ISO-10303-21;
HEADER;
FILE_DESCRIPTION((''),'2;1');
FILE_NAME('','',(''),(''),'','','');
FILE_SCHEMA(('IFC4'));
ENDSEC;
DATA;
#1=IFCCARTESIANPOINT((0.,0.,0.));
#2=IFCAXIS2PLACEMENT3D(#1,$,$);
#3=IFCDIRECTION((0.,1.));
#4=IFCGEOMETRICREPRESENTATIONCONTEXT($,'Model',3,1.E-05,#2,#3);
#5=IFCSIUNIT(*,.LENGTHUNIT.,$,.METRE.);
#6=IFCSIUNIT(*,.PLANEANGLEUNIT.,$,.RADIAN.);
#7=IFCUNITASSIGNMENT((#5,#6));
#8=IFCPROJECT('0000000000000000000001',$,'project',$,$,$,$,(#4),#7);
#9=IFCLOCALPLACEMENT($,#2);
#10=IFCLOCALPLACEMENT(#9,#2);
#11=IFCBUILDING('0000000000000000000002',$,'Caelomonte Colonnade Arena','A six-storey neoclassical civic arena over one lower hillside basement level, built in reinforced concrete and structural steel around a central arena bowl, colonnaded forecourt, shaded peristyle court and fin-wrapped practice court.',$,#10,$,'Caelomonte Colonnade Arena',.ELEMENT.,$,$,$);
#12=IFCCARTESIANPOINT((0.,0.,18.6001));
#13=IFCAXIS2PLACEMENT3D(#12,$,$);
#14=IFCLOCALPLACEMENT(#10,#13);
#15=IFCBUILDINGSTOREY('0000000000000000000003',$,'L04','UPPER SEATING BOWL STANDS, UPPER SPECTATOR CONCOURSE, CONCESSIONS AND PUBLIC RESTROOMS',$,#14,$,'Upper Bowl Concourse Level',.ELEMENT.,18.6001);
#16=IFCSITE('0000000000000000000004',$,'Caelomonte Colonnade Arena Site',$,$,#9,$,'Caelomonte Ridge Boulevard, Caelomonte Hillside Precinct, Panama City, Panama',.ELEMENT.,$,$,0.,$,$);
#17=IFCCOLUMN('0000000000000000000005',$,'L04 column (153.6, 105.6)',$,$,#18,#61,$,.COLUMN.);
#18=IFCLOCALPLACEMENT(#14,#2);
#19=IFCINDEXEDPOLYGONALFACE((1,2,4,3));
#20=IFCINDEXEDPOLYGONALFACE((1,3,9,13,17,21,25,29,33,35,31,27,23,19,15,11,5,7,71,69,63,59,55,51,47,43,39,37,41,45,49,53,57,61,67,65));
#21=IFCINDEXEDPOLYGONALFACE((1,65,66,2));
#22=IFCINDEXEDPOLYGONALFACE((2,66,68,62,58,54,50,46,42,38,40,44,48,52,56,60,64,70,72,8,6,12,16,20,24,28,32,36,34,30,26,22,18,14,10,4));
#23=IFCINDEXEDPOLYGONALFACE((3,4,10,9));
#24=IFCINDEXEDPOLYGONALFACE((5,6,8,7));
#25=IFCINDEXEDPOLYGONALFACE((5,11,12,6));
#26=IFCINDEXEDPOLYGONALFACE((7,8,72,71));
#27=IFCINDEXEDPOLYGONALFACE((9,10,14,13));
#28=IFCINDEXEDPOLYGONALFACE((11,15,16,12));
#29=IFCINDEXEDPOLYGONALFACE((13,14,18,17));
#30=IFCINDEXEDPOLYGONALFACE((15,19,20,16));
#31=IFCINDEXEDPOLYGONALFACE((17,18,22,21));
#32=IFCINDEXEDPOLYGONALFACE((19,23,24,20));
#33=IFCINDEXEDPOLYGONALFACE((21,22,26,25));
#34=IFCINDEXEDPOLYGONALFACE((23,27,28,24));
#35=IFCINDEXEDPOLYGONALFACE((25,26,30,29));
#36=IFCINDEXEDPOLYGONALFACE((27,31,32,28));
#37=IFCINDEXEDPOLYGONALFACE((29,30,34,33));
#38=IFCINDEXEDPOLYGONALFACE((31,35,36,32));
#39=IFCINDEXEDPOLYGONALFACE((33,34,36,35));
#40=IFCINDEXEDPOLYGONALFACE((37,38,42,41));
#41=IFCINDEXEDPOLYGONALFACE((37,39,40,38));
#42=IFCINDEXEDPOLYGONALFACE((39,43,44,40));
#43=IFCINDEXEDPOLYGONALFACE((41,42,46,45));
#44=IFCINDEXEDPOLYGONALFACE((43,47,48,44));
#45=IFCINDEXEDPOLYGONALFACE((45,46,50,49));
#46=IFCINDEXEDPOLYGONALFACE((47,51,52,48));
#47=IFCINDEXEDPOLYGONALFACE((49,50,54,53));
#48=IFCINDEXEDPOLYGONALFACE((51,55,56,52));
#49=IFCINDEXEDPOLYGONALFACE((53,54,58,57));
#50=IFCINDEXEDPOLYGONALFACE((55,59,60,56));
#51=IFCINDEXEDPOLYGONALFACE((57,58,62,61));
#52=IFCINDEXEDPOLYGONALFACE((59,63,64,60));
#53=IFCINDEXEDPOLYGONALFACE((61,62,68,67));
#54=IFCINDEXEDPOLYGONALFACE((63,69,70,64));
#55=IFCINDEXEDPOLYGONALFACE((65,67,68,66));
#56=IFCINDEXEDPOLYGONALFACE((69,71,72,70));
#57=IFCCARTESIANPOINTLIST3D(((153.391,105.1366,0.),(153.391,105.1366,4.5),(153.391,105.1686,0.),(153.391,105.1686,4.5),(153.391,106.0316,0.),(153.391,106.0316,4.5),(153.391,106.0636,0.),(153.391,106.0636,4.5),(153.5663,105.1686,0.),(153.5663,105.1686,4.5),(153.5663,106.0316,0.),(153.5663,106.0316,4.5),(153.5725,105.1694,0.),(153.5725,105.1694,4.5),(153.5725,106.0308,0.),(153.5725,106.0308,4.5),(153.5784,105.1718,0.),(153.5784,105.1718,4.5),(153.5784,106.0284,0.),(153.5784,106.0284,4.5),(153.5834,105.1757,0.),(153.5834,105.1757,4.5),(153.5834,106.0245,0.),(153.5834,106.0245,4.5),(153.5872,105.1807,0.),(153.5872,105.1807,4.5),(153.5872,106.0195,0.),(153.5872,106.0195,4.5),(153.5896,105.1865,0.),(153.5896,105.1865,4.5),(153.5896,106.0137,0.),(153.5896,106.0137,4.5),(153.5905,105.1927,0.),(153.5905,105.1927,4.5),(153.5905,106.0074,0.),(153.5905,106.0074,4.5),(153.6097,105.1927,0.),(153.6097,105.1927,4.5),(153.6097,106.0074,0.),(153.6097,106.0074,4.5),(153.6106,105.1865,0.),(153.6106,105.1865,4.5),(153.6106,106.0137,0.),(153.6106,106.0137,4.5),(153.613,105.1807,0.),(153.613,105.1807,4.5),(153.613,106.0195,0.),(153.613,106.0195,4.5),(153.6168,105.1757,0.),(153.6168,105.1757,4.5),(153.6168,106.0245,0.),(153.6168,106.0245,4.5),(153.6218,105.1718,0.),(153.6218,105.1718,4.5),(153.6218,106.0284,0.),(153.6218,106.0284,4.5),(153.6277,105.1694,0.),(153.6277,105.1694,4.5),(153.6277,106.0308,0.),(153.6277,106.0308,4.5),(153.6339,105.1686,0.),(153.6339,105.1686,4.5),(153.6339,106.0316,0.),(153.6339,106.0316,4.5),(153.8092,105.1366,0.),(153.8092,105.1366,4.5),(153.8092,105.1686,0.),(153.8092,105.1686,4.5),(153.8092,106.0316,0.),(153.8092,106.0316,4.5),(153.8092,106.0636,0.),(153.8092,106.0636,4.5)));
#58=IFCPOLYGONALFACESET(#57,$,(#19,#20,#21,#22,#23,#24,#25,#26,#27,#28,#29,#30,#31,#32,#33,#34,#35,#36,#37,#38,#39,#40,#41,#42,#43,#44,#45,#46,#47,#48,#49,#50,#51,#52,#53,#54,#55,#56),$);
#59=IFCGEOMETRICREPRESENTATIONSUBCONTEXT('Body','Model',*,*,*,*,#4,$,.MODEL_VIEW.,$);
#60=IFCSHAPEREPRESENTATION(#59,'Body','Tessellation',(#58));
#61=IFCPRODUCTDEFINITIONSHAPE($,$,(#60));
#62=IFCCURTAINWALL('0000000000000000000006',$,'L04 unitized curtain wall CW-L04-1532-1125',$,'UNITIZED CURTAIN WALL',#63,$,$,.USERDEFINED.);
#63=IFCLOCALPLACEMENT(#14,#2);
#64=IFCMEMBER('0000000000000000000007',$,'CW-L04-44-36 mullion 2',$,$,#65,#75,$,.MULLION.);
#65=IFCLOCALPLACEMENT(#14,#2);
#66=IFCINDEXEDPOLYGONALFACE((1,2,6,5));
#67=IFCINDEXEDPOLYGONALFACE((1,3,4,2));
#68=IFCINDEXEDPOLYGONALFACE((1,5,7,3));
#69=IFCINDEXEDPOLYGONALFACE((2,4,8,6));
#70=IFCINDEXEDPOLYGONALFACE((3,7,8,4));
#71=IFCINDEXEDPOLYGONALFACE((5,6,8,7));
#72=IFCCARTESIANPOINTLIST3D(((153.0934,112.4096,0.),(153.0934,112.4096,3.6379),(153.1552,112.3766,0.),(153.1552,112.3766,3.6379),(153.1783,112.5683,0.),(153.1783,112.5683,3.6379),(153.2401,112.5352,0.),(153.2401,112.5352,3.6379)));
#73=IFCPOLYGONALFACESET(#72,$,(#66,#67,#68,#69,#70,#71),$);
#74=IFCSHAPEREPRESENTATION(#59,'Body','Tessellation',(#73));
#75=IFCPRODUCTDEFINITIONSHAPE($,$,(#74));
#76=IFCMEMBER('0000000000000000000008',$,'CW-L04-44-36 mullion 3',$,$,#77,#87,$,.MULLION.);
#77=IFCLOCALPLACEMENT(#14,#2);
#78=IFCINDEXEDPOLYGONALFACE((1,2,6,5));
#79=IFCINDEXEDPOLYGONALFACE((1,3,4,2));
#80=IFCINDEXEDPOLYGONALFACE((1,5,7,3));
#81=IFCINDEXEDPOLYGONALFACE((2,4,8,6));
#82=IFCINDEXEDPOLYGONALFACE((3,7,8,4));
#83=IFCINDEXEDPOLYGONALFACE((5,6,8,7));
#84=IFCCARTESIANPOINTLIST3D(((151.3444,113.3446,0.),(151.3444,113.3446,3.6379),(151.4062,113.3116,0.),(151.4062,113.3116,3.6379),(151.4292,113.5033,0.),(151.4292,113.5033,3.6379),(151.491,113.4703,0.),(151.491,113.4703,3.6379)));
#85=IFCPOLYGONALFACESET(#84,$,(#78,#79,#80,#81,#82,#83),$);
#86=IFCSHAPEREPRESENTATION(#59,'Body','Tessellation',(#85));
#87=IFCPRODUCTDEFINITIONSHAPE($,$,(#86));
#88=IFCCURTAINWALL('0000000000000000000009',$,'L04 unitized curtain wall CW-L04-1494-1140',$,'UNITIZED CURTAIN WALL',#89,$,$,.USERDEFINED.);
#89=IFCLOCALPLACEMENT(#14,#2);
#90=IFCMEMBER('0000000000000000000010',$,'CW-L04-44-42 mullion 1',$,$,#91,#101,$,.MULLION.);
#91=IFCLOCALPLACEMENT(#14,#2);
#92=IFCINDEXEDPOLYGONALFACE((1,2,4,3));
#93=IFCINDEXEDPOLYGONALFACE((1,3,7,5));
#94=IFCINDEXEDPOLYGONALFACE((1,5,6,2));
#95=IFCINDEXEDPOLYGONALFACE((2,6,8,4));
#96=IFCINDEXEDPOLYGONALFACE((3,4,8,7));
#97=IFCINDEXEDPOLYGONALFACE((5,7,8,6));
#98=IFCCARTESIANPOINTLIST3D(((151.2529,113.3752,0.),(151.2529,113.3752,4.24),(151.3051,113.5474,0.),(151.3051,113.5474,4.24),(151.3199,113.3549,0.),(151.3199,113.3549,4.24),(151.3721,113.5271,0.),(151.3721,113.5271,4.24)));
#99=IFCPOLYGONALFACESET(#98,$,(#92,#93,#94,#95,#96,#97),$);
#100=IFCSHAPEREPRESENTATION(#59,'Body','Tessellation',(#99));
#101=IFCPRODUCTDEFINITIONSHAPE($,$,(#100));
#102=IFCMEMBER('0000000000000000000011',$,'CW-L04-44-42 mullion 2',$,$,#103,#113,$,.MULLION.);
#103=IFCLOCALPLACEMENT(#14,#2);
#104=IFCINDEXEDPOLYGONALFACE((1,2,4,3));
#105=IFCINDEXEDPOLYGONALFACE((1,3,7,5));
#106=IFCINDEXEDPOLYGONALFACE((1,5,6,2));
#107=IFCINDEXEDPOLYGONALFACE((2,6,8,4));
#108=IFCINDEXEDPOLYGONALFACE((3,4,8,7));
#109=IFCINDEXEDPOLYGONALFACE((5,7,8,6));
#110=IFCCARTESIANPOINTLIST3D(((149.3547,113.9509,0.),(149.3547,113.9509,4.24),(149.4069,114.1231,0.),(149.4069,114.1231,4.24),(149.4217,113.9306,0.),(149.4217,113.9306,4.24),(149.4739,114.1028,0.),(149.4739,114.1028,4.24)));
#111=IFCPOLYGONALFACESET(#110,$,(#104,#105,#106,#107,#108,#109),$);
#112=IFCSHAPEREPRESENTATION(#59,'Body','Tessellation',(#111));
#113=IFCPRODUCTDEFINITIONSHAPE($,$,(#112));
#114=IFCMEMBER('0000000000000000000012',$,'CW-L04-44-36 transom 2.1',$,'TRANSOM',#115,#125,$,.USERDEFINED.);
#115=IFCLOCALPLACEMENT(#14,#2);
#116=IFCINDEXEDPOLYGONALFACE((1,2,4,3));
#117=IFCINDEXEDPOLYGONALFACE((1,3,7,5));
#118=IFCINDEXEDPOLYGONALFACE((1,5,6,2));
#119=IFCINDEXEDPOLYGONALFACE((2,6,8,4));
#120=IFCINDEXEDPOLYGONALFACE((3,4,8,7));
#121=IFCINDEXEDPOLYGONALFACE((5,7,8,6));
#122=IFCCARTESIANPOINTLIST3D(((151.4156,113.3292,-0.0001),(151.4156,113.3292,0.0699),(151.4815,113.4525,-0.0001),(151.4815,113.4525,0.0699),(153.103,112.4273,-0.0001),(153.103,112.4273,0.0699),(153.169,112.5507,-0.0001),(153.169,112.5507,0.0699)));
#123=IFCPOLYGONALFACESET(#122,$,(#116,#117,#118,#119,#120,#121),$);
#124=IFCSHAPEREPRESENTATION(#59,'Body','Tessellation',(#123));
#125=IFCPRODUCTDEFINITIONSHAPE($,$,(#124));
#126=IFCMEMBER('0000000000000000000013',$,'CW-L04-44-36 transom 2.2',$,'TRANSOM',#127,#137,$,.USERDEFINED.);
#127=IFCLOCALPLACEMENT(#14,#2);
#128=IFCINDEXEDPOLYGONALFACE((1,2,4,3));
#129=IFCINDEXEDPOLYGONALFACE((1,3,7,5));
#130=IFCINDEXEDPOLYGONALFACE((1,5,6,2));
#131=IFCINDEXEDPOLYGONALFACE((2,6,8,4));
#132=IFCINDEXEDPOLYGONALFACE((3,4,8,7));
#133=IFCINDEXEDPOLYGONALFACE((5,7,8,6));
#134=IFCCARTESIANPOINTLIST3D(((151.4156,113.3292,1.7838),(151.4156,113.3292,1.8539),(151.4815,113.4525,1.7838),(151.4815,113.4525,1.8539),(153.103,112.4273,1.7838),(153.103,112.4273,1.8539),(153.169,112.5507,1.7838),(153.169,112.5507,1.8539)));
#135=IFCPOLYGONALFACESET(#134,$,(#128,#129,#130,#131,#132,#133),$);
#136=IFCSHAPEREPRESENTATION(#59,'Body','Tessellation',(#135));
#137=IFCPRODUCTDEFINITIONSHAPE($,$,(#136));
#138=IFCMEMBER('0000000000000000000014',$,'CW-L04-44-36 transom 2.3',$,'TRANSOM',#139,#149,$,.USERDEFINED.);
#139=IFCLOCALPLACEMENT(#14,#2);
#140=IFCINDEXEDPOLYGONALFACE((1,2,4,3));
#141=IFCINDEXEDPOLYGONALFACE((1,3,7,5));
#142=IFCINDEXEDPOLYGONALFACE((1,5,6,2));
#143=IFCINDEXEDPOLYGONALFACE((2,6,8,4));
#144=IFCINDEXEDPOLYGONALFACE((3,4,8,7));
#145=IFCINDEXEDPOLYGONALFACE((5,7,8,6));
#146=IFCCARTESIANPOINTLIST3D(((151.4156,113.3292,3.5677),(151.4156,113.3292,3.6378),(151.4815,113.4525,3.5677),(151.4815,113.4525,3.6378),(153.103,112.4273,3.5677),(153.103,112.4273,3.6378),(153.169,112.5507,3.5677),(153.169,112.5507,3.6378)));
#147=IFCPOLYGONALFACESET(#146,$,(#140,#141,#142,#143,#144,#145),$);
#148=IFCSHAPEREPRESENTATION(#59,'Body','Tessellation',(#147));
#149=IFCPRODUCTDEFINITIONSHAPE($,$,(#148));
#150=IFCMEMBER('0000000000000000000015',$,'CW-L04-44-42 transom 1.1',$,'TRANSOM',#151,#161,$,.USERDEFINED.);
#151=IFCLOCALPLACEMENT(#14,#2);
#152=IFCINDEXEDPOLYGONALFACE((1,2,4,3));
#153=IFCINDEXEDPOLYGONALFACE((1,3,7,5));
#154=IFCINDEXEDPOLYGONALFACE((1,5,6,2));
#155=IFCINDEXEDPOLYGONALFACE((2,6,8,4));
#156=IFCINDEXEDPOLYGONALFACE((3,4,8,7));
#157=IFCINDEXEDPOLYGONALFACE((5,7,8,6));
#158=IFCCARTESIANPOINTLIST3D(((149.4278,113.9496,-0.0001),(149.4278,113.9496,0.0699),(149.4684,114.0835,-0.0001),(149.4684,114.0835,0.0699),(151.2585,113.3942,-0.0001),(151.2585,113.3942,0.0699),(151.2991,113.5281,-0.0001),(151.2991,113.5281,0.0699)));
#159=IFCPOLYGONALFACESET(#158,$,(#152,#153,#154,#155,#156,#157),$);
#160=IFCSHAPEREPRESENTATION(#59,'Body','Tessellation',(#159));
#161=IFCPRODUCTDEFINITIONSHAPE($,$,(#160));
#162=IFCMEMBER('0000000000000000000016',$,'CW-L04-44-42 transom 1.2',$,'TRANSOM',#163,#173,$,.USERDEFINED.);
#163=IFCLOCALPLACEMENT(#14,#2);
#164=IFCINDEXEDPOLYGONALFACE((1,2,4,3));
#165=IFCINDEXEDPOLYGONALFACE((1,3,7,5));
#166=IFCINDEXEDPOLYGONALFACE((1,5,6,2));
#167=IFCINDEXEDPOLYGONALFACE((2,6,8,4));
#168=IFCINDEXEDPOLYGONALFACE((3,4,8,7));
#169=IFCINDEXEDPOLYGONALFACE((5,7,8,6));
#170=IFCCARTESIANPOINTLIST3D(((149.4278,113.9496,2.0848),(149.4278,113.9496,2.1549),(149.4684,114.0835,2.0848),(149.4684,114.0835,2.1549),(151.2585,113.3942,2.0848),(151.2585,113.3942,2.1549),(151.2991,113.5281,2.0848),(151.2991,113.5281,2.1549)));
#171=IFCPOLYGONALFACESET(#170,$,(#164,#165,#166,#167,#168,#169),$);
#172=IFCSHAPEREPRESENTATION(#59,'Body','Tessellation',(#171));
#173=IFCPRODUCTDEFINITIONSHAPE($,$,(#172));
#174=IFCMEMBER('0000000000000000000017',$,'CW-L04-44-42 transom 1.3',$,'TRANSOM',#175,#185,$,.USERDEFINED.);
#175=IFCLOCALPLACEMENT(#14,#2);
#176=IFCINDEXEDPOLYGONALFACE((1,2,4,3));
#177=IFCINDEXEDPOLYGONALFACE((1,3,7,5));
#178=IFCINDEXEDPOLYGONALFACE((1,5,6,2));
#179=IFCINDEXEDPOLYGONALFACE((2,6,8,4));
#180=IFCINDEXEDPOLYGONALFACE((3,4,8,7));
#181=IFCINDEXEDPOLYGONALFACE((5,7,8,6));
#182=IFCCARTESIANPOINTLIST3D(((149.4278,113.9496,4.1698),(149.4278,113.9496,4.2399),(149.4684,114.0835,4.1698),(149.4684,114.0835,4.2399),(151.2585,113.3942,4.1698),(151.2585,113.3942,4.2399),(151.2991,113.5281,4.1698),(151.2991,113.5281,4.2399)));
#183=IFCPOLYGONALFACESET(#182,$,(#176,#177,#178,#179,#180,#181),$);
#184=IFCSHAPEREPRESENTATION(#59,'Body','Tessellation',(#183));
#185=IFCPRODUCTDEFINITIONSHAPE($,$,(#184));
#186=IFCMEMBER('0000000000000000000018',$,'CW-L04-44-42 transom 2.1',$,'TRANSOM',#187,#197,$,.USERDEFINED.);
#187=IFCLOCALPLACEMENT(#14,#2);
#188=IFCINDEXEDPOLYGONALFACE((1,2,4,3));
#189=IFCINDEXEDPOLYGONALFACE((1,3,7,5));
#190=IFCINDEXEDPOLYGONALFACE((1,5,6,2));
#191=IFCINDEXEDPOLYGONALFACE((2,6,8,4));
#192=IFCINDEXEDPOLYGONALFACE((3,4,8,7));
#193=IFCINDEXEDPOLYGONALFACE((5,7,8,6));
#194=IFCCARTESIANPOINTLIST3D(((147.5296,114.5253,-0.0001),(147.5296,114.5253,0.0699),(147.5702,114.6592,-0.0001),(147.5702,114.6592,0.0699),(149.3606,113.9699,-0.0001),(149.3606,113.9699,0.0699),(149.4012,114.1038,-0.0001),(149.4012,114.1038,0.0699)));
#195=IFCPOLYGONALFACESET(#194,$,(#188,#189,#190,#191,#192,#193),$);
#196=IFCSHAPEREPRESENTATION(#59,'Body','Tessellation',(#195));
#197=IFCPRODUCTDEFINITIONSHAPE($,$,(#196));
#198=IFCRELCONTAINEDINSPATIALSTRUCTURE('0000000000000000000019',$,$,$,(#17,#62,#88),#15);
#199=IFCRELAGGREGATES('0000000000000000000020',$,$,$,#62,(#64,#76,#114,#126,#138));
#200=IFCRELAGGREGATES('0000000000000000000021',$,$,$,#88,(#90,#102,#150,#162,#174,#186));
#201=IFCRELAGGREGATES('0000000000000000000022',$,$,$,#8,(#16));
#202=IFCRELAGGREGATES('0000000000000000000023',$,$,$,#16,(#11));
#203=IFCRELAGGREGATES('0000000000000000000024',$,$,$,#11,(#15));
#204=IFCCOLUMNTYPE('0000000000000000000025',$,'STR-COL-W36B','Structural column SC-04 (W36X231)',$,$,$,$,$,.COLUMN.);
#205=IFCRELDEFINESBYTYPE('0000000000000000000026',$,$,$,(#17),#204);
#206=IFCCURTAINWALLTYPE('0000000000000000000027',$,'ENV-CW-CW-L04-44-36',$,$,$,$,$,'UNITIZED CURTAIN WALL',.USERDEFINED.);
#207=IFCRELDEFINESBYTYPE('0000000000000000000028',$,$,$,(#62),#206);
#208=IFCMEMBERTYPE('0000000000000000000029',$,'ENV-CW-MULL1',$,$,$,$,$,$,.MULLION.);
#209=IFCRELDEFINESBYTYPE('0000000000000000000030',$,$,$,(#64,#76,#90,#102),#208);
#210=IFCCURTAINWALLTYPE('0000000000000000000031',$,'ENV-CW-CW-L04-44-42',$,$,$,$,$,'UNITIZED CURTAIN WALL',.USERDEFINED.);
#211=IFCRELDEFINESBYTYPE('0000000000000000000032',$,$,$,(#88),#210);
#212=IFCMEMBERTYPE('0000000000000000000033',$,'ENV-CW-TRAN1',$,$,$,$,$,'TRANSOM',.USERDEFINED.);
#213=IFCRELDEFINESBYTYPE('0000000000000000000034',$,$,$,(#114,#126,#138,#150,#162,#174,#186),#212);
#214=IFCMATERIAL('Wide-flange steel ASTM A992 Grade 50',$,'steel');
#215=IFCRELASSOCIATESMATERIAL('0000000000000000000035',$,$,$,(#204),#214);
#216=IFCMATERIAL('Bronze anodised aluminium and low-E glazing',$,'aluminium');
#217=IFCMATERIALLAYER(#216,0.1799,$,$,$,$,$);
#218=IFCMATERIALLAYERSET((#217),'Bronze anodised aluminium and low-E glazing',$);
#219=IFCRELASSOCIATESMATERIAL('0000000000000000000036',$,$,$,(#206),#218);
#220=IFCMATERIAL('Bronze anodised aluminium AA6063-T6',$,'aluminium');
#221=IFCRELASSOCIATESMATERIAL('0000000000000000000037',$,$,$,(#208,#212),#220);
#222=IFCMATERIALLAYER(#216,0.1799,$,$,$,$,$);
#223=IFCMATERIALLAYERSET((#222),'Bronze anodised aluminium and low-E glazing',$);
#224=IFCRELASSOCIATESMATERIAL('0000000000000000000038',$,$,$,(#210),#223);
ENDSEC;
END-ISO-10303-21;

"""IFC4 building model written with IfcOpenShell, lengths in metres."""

from ifc_helpers import new_model, si_unit, direction, frame, origin, origin_2d, place, context, subcontext, project, spatial, rectangle, i_section, extrude, material, layer, layer_set, material_profile, profile_set, type_object, element, aggregate, save


model = new_model("IFC4")

# Units and contexts
model_context = context("Model", 3, precision=1e-05, world=origin(), true_north=direction((0.0, 1.0)))
body_context = subcontext(model_context, "Body", "Model", "MODEL_VIEW")
ifc_project = project(units=[si_unit("LENGTHUNIT", "METRE"), si_unit("PLANEANGLEUNIT", "RADIAN")], contexts=[model_context])

# Site, building, storey
site_placement = place(None, origin())
site = spatial("IfcSite", under=ifc_project, at=site_placement, Name="Caelomonte Colonnade Arena Site", LongName="Caelomonte Ridge Boulevard, Caelomonte Hillside Precinct, Panama City, Panama", CompositionType="ELEMENT", RefElevation=0.0)
building_placement = place(site_placement, origin())
building = spatial("IfcBuilding", under=site, at=building_placement, Name="Caelomonte Colonnade Arena", Description="A six-storey neoclassical civic arena over one lower hillside basement level, built in reinforced concrete and structural steel around a central arena bowl, colonnaded forecourt, shaded peristyle court and fin-wrapped practice court.", LongName="Caelomonte Colonnade Arena", CompositionType="ELEMENT")
storey_placement = place(building_placement, frame((0.0, 0.0, 18.6001)))
storey = spatial("IfcBuildingStorey", under=building, at=storey_placement, Name="L04", Description="UPPER SEATING BOWL STANDS, UPPER SPECTATOR CONCOURSE, CONCESSIONS AND PUBLIC RESTROOMS", LongName="Upper Bowl Concourse Level", CompositionType="ELEMENT", Elevation=18.6001)

# Column
ifc_material_1 = material(Name="Wide-flange steel ASTM A992 Grade 50", Category="steel")
ifc_material_profile_1 = material_profile(ifc_material_1, i_section(OverallWidth=0.4182, OverallDepth=0.927, WebThickness=0.0193, FlangeThickness=0.032, FilletRadius=0.0242, at=origin_2d()), Name="W36X231")
ifc_profile_set_1 = profile_set([ifc_material_profile_1], Name="Wide-flange steel ASTM A992 Grade 50")
column_type = type_object("IfcColumnType", Name="STR-COL-W36B", Description="Structural column SC-04 (W36X231)", PredefinedType="COLUMN", material=ifc_profile_set_1)
column_placement = place(storey_placement, frame((153.6001, 105.6001, 0.0), z_axis=(0.0, 0.0, 1.0), x_axis=(1.0, 0.0, 0.0)))
element("IfcColumn", 1, at=column_placement, inside=storey, type_object=column_type, Name="L04 column (153.6, 105.6)", PredefinedType="COLUMN", context=body_context, shape_type="SweptSolid", body=[
    extrude(i_section(OverallWidth=0.4182, OverallDepth=0.927, WebThickness=0.0193, FlangeThickness=0.032, FilletRadius=0.0242, at=origin_2d()), origin(), (0.0, 0.0, 1.0), 4.5),
])

# Curtain walls, members
ifc_material_2 = material(Name="Bronze anodised aluminium and low-E glazing", Category="aluminium")
ifc_layer_1 = layer(ifc_material_2, 0.1799)
ifc_layer_set_1 = layer_set([ifc_layer_1], Name="Bronze anodised aluminium and low-E glazing")
curtain_wall_type_1 = type_object("IfcCurtainWallType", Name="ENV-CW-CW-L04-44-36", ElementType="UNITIZED CURTAIN WALL", PredefinedType="USERDEFINED", material=ifc_layer_set_1)
curtain_wall_1_placement = place(storey_placement, origin())
curtain_wall_1 = element("IfcCurtainWall", 2, at=curtain_wall_1_placement, inside=storey, type_object=curtain_wall_type_1, Name="L04 unitized curtain wall CW-L04-1532-1125", ObjectType="UNITIZED CURTAIN WALL", PredefinedType="USERDEFINED")
ifc_material_3 = material(Name="Bronze anodised aluminium AA6063-T6", Category="aluminium")
ifc_material_profile_2 = material_profile(ifc_material_3, rectangle(XDim=0.0701, YDim=0.1799, at=origin_2d()), Name="CWM-70X180")
ifc_profile_set_2 = profile_set([ifc_material_profile_2], Name="Bronze anodised aluminium AA6063-T6")
member_type_1 = type_object("IfcMemberType", Name="ENV-CW-MULL1", PredefinedType="MULLION", material=ifc_profile_set_2)
member_1_placement = place(storey_placement, frame((153.1667, 112.4724, 0.0), z_axis=(0.0, 0.0, 1.0), x_axis=(-0.881923, 0.471394, 0.0)))
member_1 = element("IfcMember", 3, at=member_1_placement, type_object=member_type_1, Name="CW-L04-44-36 mullion 2", PredefinedType="MULLION", context=body_context, shape_type="SweptSolid", body=[
    extrude(rectangle(XDim=0.0701, YDim=0.1799, at=origin_2d()), origin(), (0.0, 0.0, 1.0), 3.6379),
])
member_2_placement = place(storey_placement, frame((151.4177, 113.4075, 0.0), z_axis=(0.0, 0.0, 1.0), x_axis=(-0.881923, 0.471394, 0.0)))
member_2 = element("IfcMember", 4, at=member_2_placement, type_object=member_type_1, Name="CW-L04-44-36 mullion 3", PredefinedType="MULLION", context=body_context, shape_type="SweptSolid", body=[
    extrude(rectangle(XDim=0.0701, YDim=0.1799, at=origin_2d()), origin(), (0.0, 0.0, 1.0), 3.6379),
])
ifc_layer_2 = layer(ifc_material_2, 0.1799)
ifc_layer_set_2 = layer_set([ifc_layer_2], Name="Bronze anodised aluminium and low-E glazing")
curtain_wall_type_2 = type_object("IfcCurtainWallType", Name="ENV-CW-CW-L04-44-42", ElementType="UNITIZED CURTAIN WALL", PredefinedType="USERDEFINED", material=ifc_layer_set_2)
curtain_wall_2_placement = place(storey_placement, origin())
curtain_wall_2 = element("IfcCurtainWall", 5, at=curtain_wall_2_placement, inside=storey, type_object=curtain_wall_type_2, Name="L04 unitized curtain wall CW-L04-1494-1140", ObjectType="UNITIZED CURTAIN WALL", PredefinedType="USERDEFINED")
member_3_placement = place(storey_placement, frame((151.3125, 113.4512, 0.0), z_axis=(0.0, 0.0, 1.0), x_axis=(-0.956949, 0.290256, 0.0)))
member_3 = element("IfcMember", 6, at=member_3_placement, type_object=member_type_1, Name="CW-L04-44-42 mullion 1", PredefinedType="MULLION", context=body_context, shape_type="SweptSolid", body=[
    extrude(rectangle(XDim=0.0701, YDim=0.1799, at=origin_2d()), origin(), (0.0, 0.0, 1.0), 4.24),
])
member_4_placement = place(storey_placement, frame((149.4143, 114.0269, 0.0), z_axis=(0.0, 0.0, 1.0), x_axis=(-0.956949, 0.290256, 0.0)))
member_4 = element("IfcMember", 7, at=member_4_placement, type_object=member_type_1, Name="CW-L04-44-42 mullion 2", PredefinedType="MULLION", context=body_context, shape_type="SweptSolid", body=[
    extrude(rectangle(XDim=0.0701, YDim=0.1799, at=origin_2d()), origin(), (0.0, 0.0, 1.0), 4.24),
])

# Members
ifc_material_profile_3 = material_profile(ifc_material_3, rectangle(XDim=0.0701, YDim=0.1399, at=origin_2d()), Name="CWT-70X140")
ifc_profile_set_3 = profile_set([ifc_material_profile_3], Name="Bronze anodised aluminium AA6063-T6")
member_type_2 = type_object("IfcMemberType", Name="ENV-CW-TRAN1", ElementType="TRANSOM", PredefinedType="USERDEFINED", material=ifc_profile_set_3)
member_5_placement = place(storey_placement, frame((153.136, 112.489, 0.0349), z_axis=(-0.88195, 0.471343, 0.0), x_axis=(0.0, 0.0, 1.0)))
member_5 = element("IfcMember", 8, at=member_5_placement, type_object=member_type_2, Name="CW-L04-44-36 transom 2.1", ObjectType="TRANSOM", PredefinedType="USERDEFINED", context=body_context, shape_type="SweptSolid", body=[
    extrude(rectangle(XDim=0.0701, YDim=0.1399, at=origin_2d()), origin(), (0.0, 0.0, 1.0), 1.9133),
])
member_6_placement = place(storey_placement, frame((153.136, 112.489, 1.8188), z_axis=(-0.88195, 0.471343, 0.0), x_axis=(0.0, 0.0, 1.0)))
member_6 = element("IfcMember", 9, at=member_6_placement, type_object=member_type_2, Name="CW-L04-44-36 transom 2.2", ObjectType="TRANSOM", PredefinedType="USERDEFINED", context=body_context, shape_type="SweptSolid", body=[
    extrude(rectangle(XDim=0.0701, YDim=0.1399, at=origin_2d()), origin(), (0.0, 0.0, 1.0), 1.9133),
])
member_7_placement = place(storey_placement, frame((153.136, 112.489, 3.6028), z_axis=(-0.88195, 0.471343, 0.0), x_axis=(0.0, 0.0, 1.0)))
member_7 = element("IfcMember", 10, at=member_7_placement, type_object=member_type_2, Name="CW-L04-44-36 transom 2.3", ObjectType="TRANSOM", PredefinedType="USERDEFINED", context=body_context, shape_type="SweptSolid", body=[
    extrude(rectangle(XDim=0.0701, YDim=0.1399, at=origin_2d()), origin(), (0.0, 0.0, 1.0), 1.9133),
])
member_8_placement = place(storey_placement, frame((151.2788, 113.4612, 0.0349), z_axis=(-0.956933, 0.290308, 0.0), x_axis=(0.0, 0.0, 1.0)))
member_8 = element("IfcMember", 11, at=member_8_placement, type_object=member_type_2, Name="CW-L04-44-42 transom 1.1", ObjectType="TRANSOM", PredefinedType="USERDEFINED", context=body_context, shape_type="SweptSolid", body=[
    extrude(rectangle(XDim=0.0701, YDim=0.1399, at=origin_2d()), origin(), (0.0, 0.0, 1.0), 1.9131),
])
member_9_placement = place(storey_placement, frame((151.2788, 113.4612, 2.1199), z_axis=(-0.956933, 0.290308, 0.0), x_axis=(0.0, 0.0, 1.0)))
member_9 = element("IfcMember", 12, at=member_9_placement, type_object=member_type_2, Name="CW-L04-44-42 transom 1.2", ObjectType="TRANSOM", PredefinedType="USERDEFINED", context=body_context, shape_type="SweptSolid", body=[
    extrude(rectangle(XDim=0.0701, YDim=0.1399, at=origin_2d()), origin(), (0.0, 0.0, 1.0), 1.9131),
])
member_10_placement = place(storey_placement, frame((151.2788, 113.4612, 4.2048), z_axis=(-0.956933, 0.290308, 0.0), x_axis=(0.0, 0.0, 1.0)))
member_10 = element("IfcMember", 13, at=member_10_placement, type_object=member_type_2, Name="CW-L04-44-42 transom 1.3", ObjectType="TRANSOM", PredefinedType="USERDEFINED", context=body_context, shape_type="SweptSolid", body=[
    extrude(rectangle(XDim=0.0701, YDim=0.1399, at=origin_2d()), origin(), (0.0, 0.0, 1.0), 1.9131),
])
member_11_placement = place(storey_placement, frame((149.3809, 114.0369, 0.0349), z_axis=(-0.956944, 0.290273, 0.0), x_axis=(0.0, 0.0, 1.0)))
member_11 = element("IfcMember", 14, at=member_11_placement, type_object=member_type_2, Name="CW-L04-44-42 transom 2.1", ObjectType="TRANSOM", PredefinedType="USERDEFINED", context=body_context, shape_type="SweptSolid", body=[
    extrude(rectangle(XDim=0.0701, YDim=0.1399, at=origin_2d()), origin(), (0.0, 0.0, 1.0), 1.9133),
])

aggregate(curtain_wall_1, [member_1, member_2, member_5, member_6, member_7])
aggregate(curtain_wall_2, [member_3, member_4, member_8, member_9, member_10, member_11])

save(model, "model.ifc")
